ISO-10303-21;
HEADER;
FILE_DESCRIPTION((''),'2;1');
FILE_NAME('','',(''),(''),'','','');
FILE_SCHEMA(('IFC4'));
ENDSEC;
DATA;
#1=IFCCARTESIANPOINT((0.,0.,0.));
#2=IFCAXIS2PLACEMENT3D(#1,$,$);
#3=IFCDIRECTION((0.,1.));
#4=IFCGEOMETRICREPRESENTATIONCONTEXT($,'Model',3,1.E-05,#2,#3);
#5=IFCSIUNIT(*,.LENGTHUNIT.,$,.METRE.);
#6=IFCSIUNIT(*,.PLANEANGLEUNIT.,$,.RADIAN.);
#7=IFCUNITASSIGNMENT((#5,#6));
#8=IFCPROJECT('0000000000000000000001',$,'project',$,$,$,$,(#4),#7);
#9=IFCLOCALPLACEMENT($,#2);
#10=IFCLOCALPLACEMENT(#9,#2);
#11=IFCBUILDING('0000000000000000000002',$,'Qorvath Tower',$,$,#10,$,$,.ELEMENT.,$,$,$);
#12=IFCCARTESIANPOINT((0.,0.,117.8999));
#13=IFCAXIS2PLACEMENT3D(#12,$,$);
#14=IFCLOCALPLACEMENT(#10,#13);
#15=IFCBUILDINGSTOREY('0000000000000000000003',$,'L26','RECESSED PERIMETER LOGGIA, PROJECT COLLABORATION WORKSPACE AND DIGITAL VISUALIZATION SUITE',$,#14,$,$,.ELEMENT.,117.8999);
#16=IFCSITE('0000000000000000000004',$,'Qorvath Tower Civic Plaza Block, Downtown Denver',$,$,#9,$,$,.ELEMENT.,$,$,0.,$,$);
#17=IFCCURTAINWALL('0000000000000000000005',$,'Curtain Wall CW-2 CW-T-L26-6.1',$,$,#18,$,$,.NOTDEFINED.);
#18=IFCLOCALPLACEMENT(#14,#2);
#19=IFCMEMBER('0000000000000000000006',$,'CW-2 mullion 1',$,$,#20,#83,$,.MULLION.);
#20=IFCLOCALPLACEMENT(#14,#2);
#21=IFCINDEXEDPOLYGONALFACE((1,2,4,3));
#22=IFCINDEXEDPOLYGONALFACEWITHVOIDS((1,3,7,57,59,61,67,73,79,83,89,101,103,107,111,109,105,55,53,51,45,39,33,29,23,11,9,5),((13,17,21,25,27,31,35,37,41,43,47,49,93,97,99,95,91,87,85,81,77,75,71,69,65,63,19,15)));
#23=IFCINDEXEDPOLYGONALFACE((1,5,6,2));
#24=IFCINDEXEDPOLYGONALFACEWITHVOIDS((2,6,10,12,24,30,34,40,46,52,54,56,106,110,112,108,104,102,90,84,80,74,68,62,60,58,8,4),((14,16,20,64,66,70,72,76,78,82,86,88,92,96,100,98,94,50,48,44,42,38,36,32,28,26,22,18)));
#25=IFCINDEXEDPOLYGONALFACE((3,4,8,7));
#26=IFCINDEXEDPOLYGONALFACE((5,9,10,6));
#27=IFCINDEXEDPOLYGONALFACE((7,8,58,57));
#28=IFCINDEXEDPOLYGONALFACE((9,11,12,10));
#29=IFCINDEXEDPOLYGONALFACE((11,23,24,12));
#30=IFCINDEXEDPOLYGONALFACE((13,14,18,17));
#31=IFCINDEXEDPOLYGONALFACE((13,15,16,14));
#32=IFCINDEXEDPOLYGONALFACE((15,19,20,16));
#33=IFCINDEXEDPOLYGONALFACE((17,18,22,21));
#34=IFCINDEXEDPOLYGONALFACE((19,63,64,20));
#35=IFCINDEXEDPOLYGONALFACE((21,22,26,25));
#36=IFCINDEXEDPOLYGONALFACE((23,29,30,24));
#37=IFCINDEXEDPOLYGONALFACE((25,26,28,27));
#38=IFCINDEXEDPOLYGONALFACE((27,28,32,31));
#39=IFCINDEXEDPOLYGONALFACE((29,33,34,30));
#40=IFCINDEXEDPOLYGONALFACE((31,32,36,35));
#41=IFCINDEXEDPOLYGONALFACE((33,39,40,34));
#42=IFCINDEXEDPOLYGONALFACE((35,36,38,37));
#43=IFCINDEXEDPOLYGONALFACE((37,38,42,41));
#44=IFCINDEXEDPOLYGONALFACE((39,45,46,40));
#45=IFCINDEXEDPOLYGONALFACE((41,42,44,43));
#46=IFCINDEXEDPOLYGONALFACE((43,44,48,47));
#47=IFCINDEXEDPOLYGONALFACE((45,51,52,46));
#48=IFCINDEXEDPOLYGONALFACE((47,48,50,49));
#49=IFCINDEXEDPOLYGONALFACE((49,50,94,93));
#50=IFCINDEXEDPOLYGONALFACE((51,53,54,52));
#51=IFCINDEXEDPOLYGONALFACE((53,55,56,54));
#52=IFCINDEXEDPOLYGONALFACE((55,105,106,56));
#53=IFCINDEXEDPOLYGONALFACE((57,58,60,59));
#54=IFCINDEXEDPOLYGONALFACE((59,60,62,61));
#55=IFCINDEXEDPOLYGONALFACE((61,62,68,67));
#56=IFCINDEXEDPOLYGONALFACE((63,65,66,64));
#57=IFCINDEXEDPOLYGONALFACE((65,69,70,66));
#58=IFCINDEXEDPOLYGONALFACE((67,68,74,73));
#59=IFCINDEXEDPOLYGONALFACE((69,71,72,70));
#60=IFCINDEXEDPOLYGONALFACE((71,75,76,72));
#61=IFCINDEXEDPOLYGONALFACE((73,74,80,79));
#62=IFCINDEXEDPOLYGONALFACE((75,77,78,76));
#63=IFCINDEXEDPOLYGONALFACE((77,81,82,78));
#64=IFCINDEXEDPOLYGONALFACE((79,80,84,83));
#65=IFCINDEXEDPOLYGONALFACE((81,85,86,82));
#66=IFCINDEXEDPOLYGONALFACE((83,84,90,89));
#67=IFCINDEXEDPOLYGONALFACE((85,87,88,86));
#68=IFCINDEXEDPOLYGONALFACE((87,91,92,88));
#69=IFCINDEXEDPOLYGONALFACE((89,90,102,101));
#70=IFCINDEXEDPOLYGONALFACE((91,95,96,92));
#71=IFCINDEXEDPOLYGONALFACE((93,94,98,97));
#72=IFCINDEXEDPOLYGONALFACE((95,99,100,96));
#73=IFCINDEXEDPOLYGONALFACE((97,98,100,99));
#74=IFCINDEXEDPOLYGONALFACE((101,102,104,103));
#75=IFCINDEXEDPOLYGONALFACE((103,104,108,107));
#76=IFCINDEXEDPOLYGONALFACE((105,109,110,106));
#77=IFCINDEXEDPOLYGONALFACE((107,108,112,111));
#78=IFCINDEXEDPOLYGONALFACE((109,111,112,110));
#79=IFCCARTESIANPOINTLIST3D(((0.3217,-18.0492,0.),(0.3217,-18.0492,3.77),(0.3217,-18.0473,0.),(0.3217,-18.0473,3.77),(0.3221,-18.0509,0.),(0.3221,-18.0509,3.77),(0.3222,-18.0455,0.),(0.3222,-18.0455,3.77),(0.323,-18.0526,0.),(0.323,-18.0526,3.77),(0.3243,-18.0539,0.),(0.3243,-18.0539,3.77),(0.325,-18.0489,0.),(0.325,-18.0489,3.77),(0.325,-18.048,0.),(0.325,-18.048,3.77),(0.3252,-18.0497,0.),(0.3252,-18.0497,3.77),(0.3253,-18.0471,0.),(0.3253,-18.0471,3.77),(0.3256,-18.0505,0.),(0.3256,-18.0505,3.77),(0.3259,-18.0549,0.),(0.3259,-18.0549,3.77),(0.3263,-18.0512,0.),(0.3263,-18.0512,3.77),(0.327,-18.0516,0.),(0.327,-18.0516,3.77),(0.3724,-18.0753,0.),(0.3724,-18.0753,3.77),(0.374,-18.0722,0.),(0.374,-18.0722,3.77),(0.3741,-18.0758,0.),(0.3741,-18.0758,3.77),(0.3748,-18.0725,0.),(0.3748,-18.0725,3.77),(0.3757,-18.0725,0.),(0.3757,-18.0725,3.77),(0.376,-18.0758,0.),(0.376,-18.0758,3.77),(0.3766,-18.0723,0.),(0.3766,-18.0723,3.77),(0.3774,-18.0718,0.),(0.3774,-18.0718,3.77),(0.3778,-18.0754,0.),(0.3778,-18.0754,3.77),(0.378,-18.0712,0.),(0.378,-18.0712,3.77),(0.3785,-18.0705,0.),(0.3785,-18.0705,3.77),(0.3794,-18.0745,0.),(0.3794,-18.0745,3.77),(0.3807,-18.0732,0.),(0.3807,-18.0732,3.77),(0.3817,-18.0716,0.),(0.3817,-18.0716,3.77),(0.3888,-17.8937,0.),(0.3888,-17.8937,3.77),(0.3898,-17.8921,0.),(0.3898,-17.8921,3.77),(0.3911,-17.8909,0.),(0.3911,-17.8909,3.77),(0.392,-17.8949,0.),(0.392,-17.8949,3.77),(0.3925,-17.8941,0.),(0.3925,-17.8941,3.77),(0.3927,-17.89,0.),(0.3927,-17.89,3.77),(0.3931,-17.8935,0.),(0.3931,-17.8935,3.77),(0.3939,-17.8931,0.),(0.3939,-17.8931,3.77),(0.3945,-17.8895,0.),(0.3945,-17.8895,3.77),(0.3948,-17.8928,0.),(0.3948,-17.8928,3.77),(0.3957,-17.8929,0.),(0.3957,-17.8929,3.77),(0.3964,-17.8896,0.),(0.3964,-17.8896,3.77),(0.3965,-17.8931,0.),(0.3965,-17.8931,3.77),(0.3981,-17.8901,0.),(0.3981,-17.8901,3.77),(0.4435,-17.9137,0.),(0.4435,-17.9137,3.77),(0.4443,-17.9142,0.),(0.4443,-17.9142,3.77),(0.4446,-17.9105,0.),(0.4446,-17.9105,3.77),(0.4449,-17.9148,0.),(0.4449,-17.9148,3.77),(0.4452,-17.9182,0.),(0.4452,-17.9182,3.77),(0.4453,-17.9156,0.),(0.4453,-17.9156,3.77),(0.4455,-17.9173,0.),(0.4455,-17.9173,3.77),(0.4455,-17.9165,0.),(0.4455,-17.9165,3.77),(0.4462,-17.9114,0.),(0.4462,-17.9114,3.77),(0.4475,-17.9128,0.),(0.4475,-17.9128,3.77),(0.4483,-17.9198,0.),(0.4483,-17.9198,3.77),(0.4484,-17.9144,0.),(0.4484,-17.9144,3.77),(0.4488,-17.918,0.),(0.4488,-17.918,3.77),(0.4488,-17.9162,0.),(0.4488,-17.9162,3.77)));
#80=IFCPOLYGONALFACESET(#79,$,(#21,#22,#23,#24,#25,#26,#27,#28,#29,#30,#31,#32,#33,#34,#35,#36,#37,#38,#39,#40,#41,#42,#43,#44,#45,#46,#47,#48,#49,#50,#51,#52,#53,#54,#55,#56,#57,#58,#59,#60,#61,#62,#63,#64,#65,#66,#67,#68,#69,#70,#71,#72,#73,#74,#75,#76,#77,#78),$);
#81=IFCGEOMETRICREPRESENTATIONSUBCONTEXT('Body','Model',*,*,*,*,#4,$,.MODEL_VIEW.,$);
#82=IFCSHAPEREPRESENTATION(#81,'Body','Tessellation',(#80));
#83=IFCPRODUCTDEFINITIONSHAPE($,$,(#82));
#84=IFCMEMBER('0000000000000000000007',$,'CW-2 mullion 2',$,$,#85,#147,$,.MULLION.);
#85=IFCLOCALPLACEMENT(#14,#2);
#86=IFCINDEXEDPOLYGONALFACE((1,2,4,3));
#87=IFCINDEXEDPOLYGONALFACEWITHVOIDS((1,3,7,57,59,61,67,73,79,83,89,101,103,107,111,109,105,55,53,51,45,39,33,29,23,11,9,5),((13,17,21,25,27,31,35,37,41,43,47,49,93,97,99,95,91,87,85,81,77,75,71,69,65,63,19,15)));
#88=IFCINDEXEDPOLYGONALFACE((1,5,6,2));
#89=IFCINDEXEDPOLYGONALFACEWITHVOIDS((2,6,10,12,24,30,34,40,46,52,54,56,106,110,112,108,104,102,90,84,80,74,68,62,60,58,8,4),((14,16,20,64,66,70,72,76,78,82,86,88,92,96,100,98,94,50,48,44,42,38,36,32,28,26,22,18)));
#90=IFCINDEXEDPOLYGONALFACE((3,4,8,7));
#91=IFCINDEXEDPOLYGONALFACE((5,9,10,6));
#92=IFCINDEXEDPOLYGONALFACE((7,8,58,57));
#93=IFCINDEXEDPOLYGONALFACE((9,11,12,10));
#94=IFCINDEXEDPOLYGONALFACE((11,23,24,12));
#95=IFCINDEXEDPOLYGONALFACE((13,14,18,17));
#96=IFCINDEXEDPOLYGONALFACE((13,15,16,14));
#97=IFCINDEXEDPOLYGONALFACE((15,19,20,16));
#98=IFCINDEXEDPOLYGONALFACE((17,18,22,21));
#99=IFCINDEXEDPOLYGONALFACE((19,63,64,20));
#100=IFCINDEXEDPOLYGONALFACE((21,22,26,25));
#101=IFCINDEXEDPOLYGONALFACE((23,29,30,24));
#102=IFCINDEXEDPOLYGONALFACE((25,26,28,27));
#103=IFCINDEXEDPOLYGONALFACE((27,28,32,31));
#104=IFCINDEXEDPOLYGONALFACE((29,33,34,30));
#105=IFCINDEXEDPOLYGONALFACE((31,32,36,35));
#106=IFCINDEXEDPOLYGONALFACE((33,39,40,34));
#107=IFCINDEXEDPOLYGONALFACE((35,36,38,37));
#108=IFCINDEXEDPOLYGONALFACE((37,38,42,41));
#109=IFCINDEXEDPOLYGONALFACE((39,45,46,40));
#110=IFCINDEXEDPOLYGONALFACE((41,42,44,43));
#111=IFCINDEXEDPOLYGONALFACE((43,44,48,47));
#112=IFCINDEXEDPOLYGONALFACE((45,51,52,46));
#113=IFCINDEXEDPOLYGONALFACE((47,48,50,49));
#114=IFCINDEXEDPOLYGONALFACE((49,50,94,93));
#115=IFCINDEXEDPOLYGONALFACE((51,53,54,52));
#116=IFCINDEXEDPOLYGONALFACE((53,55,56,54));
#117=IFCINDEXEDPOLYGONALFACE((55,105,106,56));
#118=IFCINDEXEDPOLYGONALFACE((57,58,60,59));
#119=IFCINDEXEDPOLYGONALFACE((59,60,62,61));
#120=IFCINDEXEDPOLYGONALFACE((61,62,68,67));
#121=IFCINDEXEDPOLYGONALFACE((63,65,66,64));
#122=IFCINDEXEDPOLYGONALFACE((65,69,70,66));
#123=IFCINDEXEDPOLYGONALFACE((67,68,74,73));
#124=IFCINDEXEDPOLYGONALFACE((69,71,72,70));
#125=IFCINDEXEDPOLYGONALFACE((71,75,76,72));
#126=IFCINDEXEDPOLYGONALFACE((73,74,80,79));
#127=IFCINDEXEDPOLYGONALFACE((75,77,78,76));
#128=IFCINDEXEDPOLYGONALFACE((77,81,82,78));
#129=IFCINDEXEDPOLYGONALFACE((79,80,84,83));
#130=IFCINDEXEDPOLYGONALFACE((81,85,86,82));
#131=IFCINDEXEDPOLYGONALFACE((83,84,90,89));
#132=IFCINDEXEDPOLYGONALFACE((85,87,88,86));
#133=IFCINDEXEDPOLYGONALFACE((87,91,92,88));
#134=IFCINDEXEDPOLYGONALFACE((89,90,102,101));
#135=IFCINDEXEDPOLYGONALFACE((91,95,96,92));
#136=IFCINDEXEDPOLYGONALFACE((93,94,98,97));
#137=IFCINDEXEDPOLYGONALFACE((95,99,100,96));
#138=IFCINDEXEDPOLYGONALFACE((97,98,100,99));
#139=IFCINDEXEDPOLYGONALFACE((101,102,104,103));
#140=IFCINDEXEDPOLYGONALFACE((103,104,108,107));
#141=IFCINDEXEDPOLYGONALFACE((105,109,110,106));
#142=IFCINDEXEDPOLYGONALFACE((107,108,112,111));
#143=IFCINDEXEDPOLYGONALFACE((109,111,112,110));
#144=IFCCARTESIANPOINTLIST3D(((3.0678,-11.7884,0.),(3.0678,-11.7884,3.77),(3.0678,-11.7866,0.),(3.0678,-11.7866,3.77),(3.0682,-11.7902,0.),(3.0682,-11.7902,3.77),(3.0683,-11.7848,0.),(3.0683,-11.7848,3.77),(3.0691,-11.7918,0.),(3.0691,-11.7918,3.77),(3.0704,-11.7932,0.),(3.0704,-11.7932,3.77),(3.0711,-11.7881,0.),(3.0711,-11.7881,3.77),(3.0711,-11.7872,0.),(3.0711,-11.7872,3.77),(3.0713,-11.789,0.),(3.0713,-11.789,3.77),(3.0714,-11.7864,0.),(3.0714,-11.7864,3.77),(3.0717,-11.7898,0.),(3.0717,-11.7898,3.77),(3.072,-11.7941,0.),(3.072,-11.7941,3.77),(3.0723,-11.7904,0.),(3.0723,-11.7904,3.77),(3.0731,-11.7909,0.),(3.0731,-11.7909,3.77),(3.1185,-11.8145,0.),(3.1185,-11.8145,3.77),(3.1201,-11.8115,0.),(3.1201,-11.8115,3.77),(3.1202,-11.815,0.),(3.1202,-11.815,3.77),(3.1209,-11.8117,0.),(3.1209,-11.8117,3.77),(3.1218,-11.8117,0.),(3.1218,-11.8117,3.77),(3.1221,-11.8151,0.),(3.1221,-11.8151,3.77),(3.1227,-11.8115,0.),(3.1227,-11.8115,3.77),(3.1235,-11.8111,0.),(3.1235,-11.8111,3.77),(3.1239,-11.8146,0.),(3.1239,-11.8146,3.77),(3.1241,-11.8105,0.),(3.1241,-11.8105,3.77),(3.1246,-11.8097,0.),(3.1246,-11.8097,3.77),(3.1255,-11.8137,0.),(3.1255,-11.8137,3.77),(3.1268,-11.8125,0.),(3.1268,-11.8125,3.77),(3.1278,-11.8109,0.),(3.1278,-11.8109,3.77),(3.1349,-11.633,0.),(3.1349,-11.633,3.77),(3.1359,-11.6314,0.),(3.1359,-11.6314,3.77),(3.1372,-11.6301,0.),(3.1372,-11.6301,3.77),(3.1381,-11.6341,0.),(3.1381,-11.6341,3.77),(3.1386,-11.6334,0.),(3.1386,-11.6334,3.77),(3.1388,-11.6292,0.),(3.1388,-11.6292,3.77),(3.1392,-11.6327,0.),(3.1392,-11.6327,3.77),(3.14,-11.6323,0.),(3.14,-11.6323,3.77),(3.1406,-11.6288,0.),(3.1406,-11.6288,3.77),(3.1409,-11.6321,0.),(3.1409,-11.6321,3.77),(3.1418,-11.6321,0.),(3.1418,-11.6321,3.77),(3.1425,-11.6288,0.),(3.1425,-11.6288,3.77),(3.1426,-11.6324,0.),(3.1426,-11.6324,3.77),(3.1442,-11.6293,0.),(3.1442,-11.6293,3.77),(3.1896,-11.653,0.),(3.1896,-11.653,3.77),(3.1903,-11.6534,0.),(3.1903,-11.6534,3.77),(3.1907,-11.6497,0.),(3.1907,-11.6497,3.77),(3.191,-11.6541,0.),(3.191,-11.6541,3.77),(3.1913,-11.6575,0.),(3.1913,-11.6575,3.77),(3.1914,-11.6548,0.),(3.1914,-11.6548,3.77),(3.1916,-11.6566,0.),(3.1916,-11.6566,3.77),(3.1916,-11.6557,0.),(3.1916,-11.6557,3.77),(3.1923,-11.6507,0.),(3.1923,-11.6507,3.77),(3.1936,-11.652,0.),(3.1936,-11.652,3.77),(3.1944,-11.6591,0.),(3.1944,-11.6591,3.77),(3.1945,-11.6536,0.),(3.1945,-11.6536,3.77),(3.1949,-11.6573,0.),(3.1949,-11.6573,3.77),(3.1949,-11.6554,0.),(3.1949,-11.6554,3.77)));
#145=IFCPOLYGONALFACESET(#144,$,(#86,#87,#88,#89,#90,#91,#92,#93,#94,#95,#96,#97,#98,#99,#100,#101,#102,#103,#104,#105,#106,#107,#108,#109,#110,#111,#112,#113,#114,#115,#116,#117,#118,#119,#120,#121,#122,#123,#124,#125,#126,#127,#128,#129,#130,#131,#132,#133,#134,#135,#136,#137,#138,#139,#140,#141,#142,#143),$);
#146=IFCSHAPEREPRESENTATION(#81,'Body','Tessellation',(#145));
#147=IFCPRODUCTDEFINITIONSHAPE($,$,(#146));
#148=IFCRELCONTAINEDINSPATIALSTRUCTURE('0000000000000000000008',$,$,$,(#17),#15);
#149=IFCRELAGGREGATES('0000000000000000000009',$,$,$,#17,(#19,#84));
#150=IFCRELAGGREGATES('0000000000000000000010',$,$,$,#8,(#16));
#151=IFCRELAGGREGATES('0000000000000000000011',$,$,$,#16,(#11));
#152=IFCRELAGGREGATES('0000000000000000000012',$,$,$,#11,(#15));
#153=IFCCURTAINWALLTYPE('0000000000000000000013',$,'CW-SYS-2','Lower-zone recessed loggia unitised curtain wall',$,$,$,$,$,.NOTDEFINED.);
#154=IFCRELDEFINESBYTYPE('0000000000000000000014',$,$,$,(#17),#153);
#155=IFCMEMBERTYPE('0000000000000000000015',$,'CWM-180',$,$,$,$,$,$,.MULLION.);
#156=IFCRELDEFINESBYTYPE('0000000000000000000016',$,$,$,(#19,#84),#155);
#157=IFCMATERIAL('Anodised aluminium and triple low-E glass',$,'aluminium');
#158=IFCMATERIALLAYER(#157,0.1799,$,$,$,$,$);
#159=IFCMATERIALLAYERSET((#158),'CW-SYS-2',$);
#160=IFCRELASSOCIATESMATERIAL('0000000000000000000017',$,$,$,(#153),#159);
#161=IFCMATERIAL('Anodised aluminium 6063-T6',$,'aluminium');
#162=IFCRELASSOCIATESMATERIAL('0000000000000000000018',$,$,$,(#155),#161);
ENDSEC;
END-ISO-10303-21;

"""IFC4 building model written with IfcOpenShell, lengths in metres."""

from ifc_helpers import new_model, si_unit, direction, frame, origin, origin_2d, place, context, subcontext, project, spatial, hollow_rectangle, extrude, material, layer, layer_set, material_profile, profile_set, type_object, element, aggregate, save


model = new_model("IFC4")

# Units and contexts
model_context = context("Model", 3, precision=1e-05, world=origin(), true_north=direction((0.0, 1.0)))
body_context = subcontext(model_context, "Body", "Model", "MODEL_VIEW")
ifc_project = project(units=[si_unit("LENGTHUNIT", "METRE"), si_unit("PLANEANGLEUNIT", "RADIAN")], contexts=[model_context])

# Site, building, storey
site_placement = place(None, origin())
site = spatial("IfcSite", under=ifc_project, at=site_placement, Name="Qorvath Tower Civic Plaza Block, Downtown Denver", CompositionType="ELEMENT", RefElevation=0.0)
building_placement = place(site_placement, origin())
building = spatial("IfcBuilding", under=site, at=building_placement, Name="Qorvath Tower", CompositionType="ELEMENT")
storey_placement = place(building_placement, frame((0.0, 0.0, 117.8999)))
storey = spatial("IfcBuildingStorey", under=building, at=storey_placement, Name="L26", Description="RECESSED PERIMETER LOGGIA, PROJECT COLLABORATION WORKSPACE AND DIGITAL VISUALIZATION SUITE", CompositionType="ELEMENT", Elevation=117.8999)

# Curtain wall, members
ifc_material_1 = material(Name="Anodised aluminium and triple low-E glass", Category="aluminium")
ifc_layer_1 = layer(ifc_material_1, 0.1799)
ifc_layer_set_1 = layer_set([ifc_layer_1], Name="CW-SYS-2")
curtain_wall_type = type_object("IfcCurtainWallType", Name="CW-SYS-2", Description="Lower-zone recessed loggia unitised curtain wall", PredefinedType="NOTDEFINED", material=ifc_layer_set_1)
ifc_material_2 = material(Name="Anodised aluminium 6063-T6", Category="aluminium")
ifc_material_profile_1 = material_profile(ifc_material_2, hollow_rectangle(XDim=0.0649, YDim=0.1799, WallThickness=0.0034, InnerFilletRadius=0.0034, OuterFilletRadius=0.0071, at=origin_2d()), Name="CWM 180x65")
ifc_profile_set_1 = profile_set([ifc_material_profile_1], Name="Anodised aluminium 6063-T6")
member_type_1 = type_object("IfcMemberType", Name="CWM-180", PredefinedType="MULLION", material=ifc_profile_set_1)
curtain_wall_1_placement = place(storey_placement, origin())
curtain_wall_1 = element("IfcCurtainWall", 1, at=curtain_wall_1_placement, inside=storey, type_object=curtain_wall_type, Name="Curtain Wall CW-2 CW-T-L26-6.1", PredefinedType="NOTDEFINED")
member_1_placement = place(storey_placement, frame((0.3853, -17.9827, 0.0), z_axis=(0.0, 0.0, 1.0), x_axis=(-0.915794, 0.401649, 0.0)))
member_1 = element("IfcMember", 2, at=member_1_placement, type_object=member_type_1, Name="CW-2 mullion 1", PredefinedType="MULLION", context=body_context, shape_type="SweptSolid", body=[
    extrude(hollow_rectangle(XDim=0.0649, YDim=0.1799, WallThickness=0.0034, InnerFilletRadius=0.0034, OuterFilletRadius=0.0071, at=origin_2d()), origin(), (0.0, 0.0, 1.0), 3.77),
])
member_2_placement = place(storey_placement, frame((3.1313, -11.7219, 0.0), z_axis=(0.0, 0.0, 1.0), x_axis=(-0.915794, 0.401649, 0.0)))
member_2 = element("IfcMember", 3, at=member_2_placement, type_object=member_type_1, Name="CW-2 mullion 2", PredefinedType="MULLION", context=body_context, shape_type="SweptSolid", body=[
    extrude(hollow_rectangle(XDim=0.0649, YDim=0.1799, WallThickness=0.0034, InnerFilletRadius=0.0034, OuterFilletRadius=0.0071, at=origin_2d()), origin(), (0.0, 0.0, 1.0), 3.77),
])

aggregate(curtain_wall_1, [member_1, member_2])

save(model, "model.ifc")
